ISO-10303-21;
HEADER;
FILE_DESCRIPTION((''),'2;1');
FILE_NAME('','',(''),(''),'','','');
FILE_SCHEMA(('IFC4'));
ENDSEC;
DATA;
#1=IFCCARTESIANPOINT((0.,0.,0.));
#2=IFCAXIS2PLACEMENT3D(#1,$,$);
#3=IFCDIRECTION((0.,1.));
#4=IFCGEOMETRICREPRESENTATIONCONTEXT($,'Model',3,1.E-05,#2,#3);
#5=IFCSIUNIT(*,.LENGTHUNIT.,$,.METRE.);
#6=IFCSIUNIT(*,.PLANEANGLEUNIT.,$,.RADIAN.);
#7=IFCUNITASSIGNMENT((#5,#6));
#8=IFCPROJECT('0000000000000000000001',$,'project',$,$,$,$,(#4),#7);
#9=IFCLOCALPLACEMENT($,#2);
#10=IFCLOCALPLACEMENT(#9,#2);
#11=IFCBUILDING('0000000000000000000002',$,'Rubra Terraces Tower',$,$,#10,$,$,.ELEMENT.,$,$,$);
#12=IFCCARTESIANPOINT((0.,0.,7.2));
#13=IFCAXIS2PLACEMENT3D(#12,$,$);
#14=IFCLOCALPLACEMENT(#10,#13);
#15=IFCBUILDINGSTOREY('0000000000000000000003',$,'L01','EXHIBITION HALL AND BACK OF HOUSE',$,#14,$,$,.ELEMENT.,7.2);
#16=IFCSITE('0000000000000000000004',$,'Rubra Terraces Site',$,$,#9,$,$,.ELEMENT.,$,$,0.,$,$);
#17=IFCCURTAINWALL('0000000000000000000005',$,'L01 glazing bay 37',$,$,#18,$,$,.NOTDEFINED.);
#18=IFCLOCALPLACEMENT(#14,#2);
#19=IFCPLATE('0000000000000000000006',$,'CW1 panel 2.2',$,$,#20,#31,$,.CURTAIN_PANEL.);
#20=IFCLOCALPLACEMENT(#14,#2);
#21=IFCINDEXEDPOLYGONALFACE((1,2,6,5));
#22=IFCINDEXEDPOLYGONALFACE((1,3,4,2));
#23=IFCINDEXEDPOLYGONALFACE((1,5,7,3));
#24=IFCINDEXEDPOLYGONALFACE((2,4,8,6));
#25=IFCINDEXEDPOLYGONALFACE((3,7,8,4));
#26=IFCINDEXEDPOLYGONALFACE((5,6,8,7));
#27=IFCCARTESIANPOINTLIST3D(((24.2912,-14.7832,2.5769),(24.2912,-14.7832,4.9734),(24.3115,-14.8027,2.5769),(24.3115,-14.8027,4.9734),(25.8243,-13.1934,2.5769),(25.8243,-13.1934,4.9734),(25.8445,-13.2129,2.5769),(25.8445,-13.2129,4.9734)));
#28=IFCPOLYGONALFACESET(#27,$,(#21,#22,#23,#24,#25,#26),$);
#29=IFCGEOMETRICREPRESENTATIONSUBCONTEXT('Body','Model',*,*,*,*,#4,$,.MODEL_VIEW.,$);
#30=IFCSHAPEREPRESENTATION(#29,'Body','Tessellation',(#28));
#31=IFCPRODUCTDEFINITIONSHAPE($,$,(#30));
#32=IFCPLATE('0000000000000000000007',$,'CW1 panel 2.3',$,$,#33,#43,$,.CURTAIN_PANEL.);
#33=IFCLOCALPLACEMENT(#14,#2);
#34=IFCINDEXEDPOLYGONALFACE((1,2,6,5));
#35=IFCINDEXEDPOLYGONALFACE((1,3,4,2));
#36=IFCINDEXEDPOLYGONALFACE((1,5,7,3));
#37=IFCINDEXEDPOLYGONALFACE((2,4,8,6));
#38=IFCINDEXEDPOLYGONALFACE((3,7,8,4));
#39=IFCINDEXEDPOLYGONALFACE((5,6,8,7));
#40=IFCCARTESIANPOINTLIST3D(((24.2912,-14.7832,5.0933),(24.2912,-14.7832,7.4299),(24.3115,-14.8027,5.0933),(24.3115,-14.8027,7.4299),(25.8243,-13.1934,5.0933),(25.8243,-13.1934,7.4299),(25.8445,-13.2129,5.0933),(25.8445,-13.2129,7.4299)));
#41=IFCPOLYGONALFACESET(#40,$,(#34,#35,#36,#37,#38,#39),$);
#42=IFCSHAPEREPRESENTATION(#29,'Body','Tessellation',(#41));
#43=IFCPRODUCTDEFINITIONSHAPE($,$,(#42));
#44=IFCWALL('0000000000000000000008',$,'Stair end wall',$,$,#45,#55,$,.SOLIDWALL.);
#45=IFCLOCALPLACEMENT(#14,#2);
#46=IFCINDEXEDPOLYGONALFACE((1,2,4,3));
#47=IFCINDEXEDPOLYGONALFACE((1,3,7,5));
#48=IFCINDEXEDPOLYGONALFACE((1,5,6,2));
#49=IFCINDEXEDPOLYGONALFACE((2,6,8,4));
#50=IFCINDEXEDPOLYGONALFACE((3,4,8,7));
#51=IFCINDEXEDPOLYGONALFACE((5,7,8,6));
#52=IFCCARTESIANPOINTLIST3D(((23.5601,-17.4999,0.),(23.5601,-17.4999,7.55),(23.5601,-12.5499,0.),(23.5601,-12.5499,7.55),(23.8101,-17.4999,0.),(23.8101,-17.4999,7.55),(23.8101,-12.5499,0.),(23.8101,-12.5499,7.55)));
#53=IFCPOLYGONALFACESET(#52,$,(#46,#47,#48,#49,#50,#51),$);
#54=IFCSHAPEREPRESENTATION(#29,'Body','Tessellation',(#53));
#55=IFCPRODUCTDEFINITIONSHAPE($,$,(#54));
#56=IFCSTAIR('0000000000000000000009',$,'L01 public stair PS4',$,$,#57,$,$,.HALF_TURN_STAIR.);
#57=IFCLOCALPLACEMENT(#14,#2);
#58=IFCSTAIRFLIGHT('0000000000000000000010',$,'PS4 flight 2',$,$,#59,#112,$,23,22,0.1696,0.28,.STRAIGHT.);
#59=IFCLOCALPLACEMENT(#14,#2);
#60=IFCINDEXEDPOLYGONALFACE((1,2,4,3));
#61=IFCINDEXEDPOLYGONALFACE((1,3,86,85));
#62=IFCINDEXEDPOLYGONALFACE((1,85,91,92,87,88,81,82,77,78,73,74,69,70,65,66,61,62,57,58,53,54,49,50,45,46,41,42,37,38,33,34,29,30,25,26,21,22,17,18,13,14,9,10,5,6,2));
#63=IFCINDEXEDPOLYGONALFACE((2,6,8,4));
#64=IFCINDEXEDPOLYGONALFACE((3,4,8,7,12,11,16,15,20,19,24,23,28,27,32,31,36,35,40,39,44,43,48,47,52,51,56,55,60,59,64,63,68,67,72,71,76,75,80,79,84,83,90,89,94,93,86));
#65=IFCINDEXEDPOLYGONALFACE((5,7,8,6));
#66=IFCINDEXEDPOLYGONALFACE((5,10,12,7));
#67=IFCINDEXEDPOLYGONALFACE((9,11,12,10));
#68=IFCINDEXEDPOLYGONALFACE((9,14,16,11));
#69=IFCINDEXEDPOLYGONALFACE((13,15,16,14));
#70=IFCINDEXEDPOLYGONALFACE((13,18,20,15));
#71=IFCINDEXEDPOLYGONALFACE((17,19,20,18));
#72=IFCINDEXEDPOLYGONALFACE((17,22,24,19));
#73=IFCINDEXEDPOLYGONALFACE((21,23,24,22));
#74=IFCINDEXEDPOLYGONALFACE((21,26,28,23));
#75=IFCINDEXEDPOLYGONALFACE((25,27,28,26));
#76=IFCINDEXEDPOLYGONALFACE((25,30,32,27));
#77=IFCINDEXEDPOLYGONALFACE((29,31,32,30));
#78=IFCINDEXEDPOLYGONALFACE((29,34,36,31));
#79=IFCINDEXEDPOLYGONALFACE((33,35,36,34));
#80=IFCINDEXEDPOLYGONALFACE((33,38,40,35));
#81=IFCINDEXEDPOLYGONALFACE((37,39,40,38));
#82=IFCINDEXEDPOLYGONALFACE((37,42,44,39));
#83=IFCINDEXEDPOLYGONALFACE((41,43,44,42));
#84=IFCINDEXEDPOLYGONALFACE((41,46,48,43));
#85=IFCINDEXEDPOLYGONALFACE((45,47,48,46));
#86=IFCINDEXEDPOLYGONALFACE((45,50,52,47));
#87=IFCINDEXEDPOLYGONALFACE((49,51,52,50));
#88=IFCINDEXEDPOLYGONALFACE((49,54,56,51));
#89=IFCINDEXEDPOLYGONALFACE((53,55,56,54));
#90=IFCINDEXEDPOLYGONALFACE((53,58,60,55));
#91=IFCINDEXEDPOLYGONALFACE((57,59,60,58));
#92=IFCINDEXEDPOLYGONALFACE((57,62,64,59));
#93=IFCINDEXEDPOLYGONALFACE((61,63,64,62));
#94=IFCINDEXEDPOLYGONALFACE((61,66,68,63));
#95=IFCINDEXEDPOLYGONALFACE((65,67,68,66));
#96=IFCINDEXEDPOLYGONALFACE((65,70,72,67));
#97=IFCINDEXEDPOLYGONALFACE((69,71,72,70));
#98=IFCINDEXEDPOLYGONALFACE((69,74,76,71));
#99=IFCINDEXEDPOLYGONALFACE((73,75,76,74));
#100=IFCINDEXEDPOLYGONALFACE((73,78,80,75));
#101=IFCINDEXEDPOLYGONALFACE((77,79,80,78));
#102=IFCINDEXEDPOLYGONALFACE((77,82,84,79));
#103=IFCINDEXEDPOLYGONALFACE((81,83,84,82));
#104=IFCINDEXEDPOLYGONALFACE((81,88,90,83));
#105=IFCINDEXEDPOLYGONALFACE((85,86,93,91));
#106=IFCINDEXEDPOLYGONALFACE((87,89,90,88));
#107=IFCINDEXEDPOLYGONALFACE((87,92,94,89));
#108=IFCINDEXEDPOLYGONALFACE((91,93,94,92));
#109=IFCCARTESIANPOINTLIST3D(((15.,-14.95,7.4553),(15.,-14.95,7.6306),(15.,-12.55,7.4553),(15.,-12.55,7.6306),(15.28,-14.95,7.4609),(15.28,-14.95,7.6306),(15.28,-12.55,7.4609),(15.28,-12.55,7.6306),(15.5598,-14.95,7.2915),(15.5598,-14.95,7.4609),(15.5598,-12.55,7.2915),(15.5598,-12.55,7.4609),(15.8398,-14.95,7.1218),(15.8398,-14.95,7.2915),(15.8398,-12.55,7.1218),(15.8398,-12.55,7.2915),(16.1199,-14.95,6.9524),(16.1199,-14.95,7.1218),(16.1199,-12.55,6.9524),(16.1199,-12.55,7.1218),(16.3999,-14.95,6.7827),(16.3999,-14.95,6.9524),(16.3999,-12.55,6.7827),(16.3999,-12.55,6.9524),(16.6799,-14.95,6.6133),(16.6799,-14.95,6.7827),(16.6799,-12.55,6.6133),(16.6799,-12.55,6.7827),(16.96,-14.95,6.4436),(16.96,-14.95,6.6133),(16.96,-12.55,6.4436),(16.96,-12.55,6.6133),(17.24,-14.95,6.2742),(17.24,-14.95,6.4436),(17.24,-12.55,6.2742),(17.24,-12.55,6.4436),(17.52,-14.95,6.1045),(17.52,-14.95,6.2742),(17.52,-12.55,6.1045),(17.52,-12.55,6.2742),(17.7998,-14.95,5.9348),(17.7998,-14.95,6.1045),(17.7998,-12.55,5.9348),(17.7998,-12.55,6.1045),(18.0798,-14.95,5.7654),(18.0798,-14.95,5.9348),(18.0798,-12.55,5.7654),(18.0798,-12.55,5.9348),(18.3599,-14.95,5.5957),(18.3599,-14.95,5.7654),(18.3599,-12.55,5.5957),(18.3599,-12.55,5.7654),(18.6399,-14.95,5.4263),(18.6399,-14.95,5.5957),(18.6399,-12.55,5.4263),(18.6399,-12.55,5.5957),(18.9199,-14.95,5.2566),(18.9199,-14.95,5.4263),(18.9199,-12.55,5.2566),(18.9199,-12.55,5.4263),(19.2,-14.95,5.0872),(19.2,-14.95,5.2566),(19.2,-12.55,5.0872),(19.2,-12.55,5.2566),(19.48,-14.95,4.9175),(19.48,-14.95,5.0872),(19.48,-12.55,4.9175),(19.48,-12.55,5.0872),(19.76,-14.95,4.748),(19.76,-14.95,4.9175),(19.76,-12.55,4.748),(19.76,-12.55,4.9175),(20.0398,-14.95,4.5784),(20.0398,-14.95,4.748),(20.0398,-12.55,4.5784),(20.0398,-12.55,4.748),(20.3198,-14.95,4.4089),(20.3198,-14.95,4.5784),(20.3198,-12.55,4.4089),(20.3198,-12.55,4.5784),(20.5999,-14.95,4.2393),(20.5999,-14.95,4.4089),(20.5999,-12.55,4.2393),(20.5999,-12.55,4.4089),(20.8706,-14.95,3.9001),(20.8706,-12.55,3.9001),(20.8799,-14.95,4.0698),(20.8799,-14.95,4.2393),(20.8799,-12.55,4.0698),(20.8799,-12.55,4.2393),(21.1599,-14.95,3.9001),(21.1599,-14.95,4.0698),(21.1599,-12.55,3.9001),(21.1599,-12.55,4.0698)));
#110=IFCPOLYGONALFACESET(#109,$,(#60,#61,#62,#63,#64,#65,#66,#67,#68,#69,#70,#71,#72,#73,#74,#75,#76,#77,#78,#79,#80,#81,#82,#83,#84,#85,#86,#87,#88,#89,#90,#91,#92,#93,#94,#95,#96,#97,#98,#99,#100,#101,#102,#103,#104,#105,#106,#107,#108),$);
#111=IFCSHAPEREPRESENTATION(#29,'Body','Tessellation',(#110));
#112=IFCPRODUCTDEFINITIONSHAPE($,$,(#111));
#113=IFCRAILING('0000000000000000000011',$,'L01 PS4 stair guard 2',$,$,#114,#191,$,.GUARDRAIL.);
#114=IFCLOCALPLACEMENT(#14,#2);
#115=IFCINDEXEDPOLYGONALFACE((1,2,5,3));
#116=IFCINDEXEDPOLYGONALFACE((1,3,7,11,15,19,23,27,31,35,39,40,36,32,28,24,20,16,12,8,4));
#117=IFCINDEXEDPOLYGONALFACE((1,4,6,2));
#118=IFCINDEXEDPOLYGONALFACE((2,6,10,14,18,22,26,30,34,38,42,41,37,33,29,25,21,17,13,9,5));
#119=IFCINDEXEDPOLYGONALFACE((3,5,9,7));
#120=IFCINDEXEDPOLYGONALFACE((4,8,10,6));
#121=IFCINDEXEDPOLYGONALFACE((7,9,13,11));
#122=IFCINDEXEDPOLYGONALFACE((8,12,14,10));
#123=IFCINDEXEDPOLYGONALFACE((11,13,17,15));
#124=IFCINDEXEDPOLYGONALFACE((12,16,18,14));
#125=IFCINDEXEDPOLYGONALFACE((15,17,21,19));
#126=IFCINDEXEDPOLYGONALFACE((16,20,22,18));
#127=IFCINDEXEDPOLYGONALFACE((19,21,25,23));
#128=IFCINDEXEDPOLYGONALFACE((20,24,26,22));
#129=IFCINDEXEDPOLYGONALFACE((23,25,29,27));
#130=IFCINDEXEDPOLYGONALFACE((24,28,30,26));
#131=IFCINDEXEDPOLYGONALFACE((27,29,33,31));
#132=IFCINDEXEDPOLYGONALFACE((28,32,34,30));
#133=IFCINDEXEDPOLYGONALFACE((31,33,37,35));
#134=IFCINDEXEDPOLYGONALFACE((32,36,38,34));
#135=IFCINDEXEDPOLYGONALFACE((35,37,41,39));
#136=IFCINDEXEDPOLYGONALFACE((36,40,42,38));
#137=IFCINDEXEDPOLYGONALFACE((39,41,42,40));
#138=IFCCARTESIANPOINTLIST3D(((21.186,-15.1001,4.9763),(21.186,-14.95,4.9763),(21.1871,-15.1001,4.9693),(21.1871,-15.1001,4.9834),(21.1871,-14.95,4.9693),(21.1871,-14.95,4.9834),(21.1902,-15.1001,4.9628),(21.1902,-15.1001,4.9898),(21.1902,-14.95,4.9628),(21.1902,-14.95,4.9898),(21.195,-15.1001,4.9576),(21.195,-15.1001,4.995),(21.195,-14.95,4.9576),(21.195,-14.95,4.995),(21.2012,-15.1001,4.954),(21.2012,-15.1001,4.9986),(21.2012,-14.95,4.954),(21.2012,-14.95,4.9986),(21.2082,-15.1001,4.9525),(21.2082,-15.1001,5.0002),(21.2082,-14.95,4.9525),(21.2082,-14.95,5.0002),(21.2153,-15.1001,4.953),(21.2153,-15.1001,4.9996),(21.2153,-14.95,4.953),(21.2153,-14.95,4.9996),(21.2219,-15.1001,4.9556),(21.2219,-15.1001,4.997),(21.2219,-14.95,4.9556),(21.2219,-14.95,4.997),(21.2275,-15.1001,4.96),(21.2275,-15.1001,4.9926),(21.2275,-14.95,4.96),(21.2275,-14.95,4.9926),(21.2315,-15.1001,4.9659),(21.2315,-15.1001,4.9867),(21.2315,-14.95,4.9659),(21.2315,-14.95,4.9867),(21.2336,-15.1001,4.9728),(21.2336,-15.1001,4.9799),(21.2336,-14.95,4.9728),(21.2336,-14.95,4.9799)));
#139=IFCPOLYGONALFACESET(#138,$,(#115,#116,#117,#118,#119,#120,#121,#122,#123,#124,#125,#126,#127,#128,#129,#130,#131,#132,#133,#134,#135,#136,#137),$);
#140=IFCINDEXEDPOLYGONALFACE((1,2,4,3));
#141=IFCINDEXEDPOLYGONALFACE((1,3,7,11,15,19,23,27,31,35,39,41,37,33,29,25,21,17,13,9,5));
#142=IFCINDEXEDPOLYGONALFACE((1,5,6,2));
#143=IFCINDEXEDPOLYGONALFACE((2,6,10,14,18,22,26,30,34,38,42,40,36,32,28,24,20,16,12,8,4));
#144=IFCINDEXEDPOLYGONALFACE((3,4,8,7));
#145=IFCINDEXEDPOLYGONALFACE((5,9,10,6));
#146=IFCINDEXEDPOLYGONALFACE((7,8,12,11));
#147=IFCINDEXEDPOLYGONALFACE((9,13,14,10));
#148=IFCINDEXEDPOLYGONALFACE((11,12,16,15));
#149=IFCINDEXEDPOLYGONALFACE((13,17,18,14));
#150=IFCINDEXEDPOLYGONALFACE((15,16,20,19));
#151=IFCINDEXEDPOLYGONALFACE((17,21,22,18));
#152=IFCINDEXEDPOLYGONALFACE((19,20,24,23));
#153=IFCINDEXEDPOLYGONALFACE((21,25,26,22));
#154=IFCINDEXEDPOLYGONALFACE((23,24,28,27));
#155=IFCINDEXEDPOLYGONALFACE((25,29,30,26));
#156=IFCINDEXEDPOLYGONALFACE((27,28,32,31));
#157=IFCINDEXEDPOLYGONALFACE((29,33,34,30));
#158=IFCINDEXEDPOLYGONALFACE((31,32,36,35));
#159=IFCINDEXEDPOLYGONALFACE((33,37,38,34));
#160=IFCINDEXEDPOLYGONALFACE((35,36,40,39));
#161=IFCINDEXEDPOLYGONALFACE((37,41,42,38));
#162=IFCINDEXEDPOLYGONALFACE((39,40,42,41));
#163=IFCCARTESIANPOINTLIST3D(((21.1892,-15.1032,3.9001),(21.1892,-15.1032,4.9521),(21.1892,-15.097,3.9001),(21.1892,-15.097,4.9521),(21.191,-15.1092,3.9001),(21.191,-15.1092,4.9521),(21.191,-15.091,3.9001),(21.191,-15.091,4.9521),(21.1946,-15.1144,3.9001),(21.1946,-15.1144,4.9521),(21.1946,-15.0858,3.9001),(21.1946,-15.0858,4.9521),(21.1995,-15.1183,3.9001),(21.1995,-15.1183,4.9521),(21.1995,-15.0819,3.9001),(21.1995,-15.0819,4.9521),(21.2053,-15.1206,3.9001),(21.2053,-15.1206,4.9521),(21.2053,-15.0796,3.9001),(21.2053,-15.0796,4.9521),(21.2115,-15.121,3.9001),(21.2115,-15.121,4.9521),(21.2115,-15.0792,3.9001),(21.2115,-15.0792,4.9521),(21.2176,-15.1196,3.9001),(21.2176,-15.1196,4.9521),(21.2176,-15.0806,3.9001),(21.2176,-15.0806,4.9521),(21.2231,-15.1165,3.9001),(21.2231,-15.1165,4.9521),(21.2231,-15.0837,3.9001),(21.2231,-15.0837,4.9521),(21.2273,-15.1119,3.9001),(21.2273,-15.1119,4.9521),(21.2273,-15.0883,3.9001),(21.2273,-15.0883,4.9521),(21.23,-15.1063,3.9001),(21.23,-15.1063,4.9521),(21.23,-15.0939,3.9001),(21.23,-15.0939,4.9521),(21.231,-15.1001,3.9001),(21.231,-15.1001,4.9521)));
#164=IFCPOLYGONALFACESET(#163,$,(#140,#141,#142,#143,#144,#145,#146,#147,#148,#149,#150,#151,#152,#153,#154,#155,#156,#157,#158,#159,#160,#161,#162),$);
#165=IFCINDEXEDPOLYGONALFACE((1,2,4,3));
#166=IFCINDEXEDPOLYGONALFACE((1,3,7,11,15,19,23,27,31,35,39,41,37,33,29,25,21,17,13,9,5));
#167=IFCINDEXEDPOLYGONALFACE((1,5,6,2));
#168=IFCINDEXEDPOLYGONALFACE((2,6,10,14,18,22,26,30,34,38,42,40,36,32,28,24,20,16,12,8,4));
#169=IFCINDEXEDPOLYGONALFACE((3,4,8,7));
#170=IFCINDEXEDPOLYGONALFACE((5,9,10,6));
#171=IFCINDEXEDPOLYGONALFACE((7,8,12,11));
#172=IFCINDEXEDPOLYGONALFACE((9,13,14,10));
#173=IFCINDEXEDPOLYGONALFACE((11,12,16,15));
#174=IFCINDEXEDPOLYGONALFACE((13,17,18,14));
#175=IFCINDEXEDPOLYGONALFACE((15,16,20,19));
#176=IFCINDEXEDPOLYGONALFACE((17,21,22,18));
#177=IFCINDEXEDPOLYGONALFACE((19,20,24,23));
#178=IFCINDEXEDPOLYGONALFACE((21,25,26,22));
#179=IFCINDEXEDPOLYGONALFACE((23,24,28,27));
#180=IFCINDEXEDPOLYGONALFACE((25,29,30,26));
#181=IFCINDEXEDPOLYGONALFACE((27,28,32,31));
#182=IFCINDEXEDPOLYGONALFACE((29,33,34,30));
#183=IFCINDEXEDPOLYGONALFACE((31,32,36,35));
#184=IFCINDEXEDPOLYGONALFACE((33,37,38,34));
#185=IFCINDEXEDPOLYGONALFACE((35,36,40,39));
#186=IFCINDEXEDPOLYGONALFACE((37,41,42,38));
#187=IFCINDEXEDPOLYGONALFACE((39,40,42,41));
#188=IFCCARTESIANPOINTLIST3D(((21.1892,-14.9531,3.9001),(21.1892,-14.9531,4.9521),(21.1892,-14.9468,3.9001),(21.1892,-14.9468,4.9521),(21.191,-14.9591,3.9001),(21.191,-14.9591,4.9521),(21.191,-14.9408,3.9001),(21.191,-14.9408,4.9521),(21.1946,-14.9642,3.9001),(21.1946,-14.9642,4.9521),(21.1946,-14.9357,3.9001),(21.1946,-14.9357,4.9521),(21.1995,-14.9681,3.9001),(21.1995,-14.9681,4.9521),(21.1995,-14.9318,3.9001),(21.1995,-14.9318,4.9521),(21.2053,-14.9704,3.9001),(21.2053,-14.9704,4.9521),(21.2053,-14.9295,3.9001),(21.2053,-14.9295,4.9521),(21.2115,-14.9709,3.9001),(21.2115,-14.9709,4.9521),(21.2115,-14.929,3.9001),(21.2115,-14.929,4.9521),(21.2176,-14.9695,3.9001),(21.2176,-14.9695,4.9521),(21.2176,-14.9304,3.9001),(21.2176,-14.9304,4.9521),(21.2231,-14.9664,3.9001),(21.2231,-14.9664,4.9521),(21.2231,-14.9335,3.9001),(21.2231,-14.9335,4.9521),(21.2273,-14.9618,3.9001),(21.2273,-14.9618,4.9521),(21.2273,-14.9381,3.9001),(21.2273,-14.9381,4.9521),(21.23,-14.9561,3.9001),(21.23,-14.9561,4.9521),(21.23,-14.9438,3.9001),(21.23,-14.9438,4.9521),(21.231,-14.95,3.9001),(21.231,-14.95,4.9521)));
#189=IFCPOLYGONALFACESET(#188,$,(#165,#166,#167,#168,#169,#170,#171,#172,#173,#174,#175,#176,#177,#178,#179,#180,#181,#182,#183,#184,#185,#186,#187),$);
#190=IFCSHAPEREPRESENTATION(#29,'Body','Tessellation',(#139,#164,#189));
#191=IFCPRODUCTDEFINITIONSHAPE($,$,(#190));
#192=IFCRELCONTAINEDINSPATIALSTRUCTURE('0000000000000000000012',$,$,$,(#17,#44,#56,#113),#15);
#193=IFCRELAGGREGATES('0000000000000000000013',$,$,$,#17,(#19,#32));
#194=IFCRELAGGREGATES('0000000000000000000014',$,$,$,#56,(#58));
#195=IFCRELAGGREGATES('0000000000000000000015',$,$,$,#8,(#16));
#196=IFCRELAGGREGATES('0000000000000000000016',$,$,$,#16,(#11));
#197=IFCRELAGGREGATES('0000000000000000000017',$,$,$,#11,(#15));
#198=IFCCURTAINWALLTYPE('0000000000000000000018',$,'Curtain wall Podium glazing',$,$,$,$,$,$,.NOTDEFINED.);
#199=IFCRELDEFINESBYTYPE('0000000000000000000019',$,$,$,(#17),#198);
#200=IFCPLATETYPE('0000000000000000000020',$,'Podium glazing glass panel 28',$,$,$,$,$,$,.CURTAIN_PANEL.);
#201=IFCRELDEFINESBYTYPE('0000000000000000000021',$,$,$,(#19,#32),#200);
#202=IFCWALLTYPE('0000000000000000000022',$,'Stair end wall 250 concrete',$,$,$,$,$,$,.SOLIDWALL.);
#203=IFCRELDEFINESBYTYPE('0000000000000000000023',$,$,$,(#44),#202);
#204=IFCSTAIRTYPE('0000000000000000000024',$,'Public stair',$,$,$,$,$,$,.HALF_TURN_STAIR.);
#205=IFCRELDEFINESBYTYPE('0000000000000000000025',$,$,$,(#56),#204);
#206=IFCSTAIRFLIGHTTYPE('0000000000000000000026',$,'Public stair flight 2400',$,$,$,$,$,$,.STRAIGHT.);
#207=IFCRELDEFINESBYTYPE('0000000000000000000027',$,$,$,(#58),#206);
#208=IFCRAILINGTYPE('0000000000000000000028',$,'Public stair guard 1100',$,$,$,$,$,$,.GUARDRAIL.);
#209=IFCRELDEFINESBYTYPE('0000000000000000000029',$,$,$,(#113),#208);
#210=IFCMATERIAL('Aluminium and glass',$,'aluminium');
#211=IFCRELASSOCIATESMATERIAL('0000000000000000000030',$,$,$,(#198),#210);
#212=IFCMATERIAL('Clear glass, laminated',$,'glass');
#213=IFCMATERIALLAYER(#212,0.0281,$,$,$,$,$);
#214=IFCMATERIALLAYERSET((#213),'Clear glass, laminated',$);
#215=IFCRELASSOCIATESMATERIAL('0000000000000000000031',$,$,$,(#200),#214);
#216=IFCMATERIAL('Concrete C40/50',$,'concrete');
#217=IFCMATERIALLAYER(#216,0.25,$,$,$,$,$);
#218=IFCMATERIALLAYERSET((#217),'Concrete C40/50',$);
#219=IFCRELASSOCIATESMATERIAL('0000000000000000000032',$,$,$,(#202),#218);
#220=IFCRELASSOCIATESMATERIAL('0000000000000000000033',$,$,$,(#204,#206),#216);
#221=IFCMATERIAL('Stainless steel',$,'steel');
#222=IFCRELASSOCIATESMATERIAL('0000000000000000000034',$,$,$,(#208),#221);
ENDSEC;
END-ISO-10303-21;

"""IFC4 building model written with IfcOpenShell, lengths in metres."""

from ifc_helpers import new_model, si_unit, direction, frame, frame_2d, origin, origin_2d, place, context, subcontext, project, spatial, polyline, rectangle, circle, outline, extrude, material, layer, layer_set, type_object, element, aggregate, save


model = new_model("IFC4")

# Units and contexts
model_context = context("Model", 3, precision=1e-05, world=origin(), true_north=direction((0.0, 1.0)))
body_context = subcontext(model_context, "Body", "Model", "MODEL_VIEW")
ifc_project = project(units=[si_unit("LENGTHUNIT", "METRE"), si_unit("PLANEANGLEUNIT", "RADIAN")], contexts=[model_context])

# Site, building, storey
site_placement = place(None, origin())
site = spatial("IfcSite", under=ifc_project, at=site_placement, Name="Rubra Terraces Site", CompositionType="ELEMENT", RefElevation=0.0)
building_placement = place(site_placement, origin())
building = spatial("IfcBuilding", under=site, at=building_placement, Name="Rubra Terraces Tower", CompositionType="ELEMENT")
storey_placement = place(building_placement, frame((0.0, 0.0, 7.2)))
storey = spatial("IfcBuildingStorey", under=building, at=storey_placement, Name="L01", Description="EXHIBITION HALL AND BACK OF HOUSE", CompositionType="ELEMENT", Elevation=7.2)

# Curtain wall, plates
ifc_material_1 = material(Name="Aluminium and glass", Category="aluminium")
curtain_wall_type = type_object("IfcCurtainWallType", Name="Curtain wall Podium glazing", PredefinedType="NOTDEFINED", material=ifc_material_1)
curtain_wall_placement = place(storey_placement, origin())
curtain_wall = element("IfcCurtainWall", 1, at=curtain_wall_placement, inside=storey, type_object=curtain_wall_type, Name="L01 glazing bay 37", PredefinedType="NOTDEFINED")
ifc_material_2 = material(Name="Clear glass, laminated", Category="glass")
ifc_layer_1 = layer(ifc_material_2, 0.0281)
ifc_layer_set_1 = layer_set([ifc_layer_1], Name="Clear glass, laminated")
plate_type = type_object("IfcPlateType", Name="Podium glazing glass panel 28", PredefinedType="CURTAIN_PANEL", material=ifc_layer_set_1)
plate_1_placement = place(storey_placement, frame((25.0679, -13.998, 2.5769), z_axis=(0.0, 0.0, 1.0), x_axis=(0.694156, 0.719825, 0.0)))
plate_1 = element("IfcPlate", 2, at=plate_1_placement, type_object=plate_type, Name="CW1 panel 2.2", PredefinedType="CURTAIN_PANEL", context=body_context, shape_type="SweptSolid", body=[
    extrude(rectangle(XDim=2.2085, YDim=0.0281, at=origin_2d()), origin(), (0.0, 0.0, 1.0), 2.3965),
])
plate_2_placement = place(storey_placement, frame((25.0679, -13.998, 5.0933), z_axis=(0.0, 0.0, 1.0), x_axis=(0.694156, 0.719825, 0.0)))
plate_2 = element("IfcPlate", 3, at=plate_2_placement, type_object=plate_type, Name="CW1 panel 2.3", PredefinedType="CURTAIN_PANEL", context=body_context, shape_type="SweptSolid", body=[
    extrude(rectangle(XDim=2.2085, YDim=0.0281, at=origin_2d()), origin(), (0.0, 0.0, 1.0), 2.3367),
])
aggregate(curtain_wall, [plate_1, plate_2])

# Wall
ifc_material_3 = material(Name="Concrete C40/50", Category="concrete")
ifc_layer_2 = layer(ifc_material_3, 0.25)
ifc_layer_set_2 = layer_set([ifc_layer_2], Name="Concrete C40/50")
wall_type = type_object("IfcWallType", Name="Stair end wall 250 concrete", PredefinedType="SOLIDWALL", material=ifc_layer_set_2)
wall_placement = place(storey_placement, frame((23.6851, -17.5, 0.0), z_axis=(0.0, 0.0, 1.0), x_axis=(0.0, 1.0, 0.0)))
element("IfcWall", 4, at=wall_placement, inside=storey, type_object=wall_type, Name="Stair end wall", PredefinedType="SOLIDWALL", context=body_context, shape_type="SweptSolid", body=[
    extrude(rectangle(XDim=4.95, YDim=0.25, at=frame_2d((2.4751, 0.0))), origin(), (0.0, 0.0, 1.0), 7.55),
])

# Stair, stair flight
stair_type = type_object("IfcStairType", Name="Public stair", PredefinedType="HALF_TURN_STAIR", material=ifc_material_3)
stair_placement = place(storey_placement, origin())
stair = element("IfcStair", 5, at=stair_placement, inside=storey, type_object=stair_type, Name="L01 public stair PS4", PredefinedType="HALF_TURN_STAIR")
stair_flight_type = type_object("IfcStairFlightType", Name="Public stair flight 2400", PredefinedType="STRAIGHT", material=ifc_material_3)
stair_flight_placement = place(storey_placement, frame((21.1599, -13.75, 3.9001), z_axis=(0.0, 0.0, 1.0), x_axis=(-1.0, 0.0, 0.0)))
stair_flight = element("IfcStairFlight", 6, at=stair_flight_placement, type_object=stair_flight_type, Name="PS4 flight 2", NumberOfRisers=23, NumberOfTreads=22, PredefinedType="STRAIGHT", RiserHeight=0.1696, TreadLength=0.28, context=body_context, shape_type="SweptSolid", body=[
    extrude(outline(polyline([(0.0, 0.0), (0.0, 0.1697), (0.28, 0.1697), (0.28, 0.3391), (0.5601, 0.3391), (0.5601, 0.5088), (0.8401, 0.5088), (0.8401, 0.6782), (1.1201, 0.6782), (1.1201, 0.8479), (1.3999, 0.8479), (1.3999, 1.0173), (1.6799, 1.0173), (1.6799, 1.187), (1.96, 1.187), (1.96, 1.3564), (2.24, 1.3564), (2.24, 1.5261), (2.52, 1.5261), (2.52, 1.6956), (2.8, 1.6956), (2.8, 1.8652), (3.0801, 1.8652), (3.0801, 2.0347), (3.3601, 2.0347), (3.3601, 2.2043), (3.6399, 2.2043), (3.6399, 2.374), (3.9199, 2.374), (3.9199, 2.5435), (4.2, 2.5435), (4.2, 2.7131), (4.48, 2.7131), (4.48, 2.8826), (4.76, 2.8826), (4.76, 3.0522), (5.04, 3.0522), (5.04, 3.2217), (5.3201, 3.2217), (5.3201, 3.3914), (5.6001, 3.3914), (5.6001, 3.5608), (5.8799, 3.5608), (5.8799, 3.7305), (6.1599, 3.7305), (6.1599, 3.8999), (6.1599, 3.5552), (0.2893, 0.0), (0.0, 0.0)])), frame((0.0, 1.2, 0.0), z_axis=(0.0, -1.0, 0.0), x_axis=(1.0, 0.0, 0.0)), (0.0, 0.0, 1.0), 2.3999),
])
aggregate(stair, [stair_flight])

# Railing
ifc_material_4 = material(Name="Stainless steel", Category="steel")
railing_type = type_object("IfcRailingType", Name="Public stair guard 1100", PredefinedType="GUARDRAIL", material=ifc_material_4)
railing_1_placement = place(storey_placement, frame((21.21, -15.1001, 3.9001)))
element("IfcRailing", 7, at=railing_1_placement, inside=storey, type_object=railing_type, Name="L01 PS4 stair guard 2", PredefinedType="GUARDRAIL", context=body_context, shape_type="SweptSolid", body=[
    extrude(circle(Radius=0.0239, at=origin_2d()), frame((0.0, 0.0, 1.0762), z_axis=(0.0, 1.0, 0.0), x_axis=(-1.0, 0.0, 0.0)), (0.0, 0.0, 1.0), 0.1501),
    extrude(circle(Radius=0.021, at=origin_2d()), origin(), (0.0, 0.0, 1.0), 1.052),
    extrude(circle(Radius=0.021, at=origin_2d()), frame((0.0, 0.1501, 0.0)), (0.0, 0.0, 1.0), 1.052),
])

save(model, "model.ifc")
